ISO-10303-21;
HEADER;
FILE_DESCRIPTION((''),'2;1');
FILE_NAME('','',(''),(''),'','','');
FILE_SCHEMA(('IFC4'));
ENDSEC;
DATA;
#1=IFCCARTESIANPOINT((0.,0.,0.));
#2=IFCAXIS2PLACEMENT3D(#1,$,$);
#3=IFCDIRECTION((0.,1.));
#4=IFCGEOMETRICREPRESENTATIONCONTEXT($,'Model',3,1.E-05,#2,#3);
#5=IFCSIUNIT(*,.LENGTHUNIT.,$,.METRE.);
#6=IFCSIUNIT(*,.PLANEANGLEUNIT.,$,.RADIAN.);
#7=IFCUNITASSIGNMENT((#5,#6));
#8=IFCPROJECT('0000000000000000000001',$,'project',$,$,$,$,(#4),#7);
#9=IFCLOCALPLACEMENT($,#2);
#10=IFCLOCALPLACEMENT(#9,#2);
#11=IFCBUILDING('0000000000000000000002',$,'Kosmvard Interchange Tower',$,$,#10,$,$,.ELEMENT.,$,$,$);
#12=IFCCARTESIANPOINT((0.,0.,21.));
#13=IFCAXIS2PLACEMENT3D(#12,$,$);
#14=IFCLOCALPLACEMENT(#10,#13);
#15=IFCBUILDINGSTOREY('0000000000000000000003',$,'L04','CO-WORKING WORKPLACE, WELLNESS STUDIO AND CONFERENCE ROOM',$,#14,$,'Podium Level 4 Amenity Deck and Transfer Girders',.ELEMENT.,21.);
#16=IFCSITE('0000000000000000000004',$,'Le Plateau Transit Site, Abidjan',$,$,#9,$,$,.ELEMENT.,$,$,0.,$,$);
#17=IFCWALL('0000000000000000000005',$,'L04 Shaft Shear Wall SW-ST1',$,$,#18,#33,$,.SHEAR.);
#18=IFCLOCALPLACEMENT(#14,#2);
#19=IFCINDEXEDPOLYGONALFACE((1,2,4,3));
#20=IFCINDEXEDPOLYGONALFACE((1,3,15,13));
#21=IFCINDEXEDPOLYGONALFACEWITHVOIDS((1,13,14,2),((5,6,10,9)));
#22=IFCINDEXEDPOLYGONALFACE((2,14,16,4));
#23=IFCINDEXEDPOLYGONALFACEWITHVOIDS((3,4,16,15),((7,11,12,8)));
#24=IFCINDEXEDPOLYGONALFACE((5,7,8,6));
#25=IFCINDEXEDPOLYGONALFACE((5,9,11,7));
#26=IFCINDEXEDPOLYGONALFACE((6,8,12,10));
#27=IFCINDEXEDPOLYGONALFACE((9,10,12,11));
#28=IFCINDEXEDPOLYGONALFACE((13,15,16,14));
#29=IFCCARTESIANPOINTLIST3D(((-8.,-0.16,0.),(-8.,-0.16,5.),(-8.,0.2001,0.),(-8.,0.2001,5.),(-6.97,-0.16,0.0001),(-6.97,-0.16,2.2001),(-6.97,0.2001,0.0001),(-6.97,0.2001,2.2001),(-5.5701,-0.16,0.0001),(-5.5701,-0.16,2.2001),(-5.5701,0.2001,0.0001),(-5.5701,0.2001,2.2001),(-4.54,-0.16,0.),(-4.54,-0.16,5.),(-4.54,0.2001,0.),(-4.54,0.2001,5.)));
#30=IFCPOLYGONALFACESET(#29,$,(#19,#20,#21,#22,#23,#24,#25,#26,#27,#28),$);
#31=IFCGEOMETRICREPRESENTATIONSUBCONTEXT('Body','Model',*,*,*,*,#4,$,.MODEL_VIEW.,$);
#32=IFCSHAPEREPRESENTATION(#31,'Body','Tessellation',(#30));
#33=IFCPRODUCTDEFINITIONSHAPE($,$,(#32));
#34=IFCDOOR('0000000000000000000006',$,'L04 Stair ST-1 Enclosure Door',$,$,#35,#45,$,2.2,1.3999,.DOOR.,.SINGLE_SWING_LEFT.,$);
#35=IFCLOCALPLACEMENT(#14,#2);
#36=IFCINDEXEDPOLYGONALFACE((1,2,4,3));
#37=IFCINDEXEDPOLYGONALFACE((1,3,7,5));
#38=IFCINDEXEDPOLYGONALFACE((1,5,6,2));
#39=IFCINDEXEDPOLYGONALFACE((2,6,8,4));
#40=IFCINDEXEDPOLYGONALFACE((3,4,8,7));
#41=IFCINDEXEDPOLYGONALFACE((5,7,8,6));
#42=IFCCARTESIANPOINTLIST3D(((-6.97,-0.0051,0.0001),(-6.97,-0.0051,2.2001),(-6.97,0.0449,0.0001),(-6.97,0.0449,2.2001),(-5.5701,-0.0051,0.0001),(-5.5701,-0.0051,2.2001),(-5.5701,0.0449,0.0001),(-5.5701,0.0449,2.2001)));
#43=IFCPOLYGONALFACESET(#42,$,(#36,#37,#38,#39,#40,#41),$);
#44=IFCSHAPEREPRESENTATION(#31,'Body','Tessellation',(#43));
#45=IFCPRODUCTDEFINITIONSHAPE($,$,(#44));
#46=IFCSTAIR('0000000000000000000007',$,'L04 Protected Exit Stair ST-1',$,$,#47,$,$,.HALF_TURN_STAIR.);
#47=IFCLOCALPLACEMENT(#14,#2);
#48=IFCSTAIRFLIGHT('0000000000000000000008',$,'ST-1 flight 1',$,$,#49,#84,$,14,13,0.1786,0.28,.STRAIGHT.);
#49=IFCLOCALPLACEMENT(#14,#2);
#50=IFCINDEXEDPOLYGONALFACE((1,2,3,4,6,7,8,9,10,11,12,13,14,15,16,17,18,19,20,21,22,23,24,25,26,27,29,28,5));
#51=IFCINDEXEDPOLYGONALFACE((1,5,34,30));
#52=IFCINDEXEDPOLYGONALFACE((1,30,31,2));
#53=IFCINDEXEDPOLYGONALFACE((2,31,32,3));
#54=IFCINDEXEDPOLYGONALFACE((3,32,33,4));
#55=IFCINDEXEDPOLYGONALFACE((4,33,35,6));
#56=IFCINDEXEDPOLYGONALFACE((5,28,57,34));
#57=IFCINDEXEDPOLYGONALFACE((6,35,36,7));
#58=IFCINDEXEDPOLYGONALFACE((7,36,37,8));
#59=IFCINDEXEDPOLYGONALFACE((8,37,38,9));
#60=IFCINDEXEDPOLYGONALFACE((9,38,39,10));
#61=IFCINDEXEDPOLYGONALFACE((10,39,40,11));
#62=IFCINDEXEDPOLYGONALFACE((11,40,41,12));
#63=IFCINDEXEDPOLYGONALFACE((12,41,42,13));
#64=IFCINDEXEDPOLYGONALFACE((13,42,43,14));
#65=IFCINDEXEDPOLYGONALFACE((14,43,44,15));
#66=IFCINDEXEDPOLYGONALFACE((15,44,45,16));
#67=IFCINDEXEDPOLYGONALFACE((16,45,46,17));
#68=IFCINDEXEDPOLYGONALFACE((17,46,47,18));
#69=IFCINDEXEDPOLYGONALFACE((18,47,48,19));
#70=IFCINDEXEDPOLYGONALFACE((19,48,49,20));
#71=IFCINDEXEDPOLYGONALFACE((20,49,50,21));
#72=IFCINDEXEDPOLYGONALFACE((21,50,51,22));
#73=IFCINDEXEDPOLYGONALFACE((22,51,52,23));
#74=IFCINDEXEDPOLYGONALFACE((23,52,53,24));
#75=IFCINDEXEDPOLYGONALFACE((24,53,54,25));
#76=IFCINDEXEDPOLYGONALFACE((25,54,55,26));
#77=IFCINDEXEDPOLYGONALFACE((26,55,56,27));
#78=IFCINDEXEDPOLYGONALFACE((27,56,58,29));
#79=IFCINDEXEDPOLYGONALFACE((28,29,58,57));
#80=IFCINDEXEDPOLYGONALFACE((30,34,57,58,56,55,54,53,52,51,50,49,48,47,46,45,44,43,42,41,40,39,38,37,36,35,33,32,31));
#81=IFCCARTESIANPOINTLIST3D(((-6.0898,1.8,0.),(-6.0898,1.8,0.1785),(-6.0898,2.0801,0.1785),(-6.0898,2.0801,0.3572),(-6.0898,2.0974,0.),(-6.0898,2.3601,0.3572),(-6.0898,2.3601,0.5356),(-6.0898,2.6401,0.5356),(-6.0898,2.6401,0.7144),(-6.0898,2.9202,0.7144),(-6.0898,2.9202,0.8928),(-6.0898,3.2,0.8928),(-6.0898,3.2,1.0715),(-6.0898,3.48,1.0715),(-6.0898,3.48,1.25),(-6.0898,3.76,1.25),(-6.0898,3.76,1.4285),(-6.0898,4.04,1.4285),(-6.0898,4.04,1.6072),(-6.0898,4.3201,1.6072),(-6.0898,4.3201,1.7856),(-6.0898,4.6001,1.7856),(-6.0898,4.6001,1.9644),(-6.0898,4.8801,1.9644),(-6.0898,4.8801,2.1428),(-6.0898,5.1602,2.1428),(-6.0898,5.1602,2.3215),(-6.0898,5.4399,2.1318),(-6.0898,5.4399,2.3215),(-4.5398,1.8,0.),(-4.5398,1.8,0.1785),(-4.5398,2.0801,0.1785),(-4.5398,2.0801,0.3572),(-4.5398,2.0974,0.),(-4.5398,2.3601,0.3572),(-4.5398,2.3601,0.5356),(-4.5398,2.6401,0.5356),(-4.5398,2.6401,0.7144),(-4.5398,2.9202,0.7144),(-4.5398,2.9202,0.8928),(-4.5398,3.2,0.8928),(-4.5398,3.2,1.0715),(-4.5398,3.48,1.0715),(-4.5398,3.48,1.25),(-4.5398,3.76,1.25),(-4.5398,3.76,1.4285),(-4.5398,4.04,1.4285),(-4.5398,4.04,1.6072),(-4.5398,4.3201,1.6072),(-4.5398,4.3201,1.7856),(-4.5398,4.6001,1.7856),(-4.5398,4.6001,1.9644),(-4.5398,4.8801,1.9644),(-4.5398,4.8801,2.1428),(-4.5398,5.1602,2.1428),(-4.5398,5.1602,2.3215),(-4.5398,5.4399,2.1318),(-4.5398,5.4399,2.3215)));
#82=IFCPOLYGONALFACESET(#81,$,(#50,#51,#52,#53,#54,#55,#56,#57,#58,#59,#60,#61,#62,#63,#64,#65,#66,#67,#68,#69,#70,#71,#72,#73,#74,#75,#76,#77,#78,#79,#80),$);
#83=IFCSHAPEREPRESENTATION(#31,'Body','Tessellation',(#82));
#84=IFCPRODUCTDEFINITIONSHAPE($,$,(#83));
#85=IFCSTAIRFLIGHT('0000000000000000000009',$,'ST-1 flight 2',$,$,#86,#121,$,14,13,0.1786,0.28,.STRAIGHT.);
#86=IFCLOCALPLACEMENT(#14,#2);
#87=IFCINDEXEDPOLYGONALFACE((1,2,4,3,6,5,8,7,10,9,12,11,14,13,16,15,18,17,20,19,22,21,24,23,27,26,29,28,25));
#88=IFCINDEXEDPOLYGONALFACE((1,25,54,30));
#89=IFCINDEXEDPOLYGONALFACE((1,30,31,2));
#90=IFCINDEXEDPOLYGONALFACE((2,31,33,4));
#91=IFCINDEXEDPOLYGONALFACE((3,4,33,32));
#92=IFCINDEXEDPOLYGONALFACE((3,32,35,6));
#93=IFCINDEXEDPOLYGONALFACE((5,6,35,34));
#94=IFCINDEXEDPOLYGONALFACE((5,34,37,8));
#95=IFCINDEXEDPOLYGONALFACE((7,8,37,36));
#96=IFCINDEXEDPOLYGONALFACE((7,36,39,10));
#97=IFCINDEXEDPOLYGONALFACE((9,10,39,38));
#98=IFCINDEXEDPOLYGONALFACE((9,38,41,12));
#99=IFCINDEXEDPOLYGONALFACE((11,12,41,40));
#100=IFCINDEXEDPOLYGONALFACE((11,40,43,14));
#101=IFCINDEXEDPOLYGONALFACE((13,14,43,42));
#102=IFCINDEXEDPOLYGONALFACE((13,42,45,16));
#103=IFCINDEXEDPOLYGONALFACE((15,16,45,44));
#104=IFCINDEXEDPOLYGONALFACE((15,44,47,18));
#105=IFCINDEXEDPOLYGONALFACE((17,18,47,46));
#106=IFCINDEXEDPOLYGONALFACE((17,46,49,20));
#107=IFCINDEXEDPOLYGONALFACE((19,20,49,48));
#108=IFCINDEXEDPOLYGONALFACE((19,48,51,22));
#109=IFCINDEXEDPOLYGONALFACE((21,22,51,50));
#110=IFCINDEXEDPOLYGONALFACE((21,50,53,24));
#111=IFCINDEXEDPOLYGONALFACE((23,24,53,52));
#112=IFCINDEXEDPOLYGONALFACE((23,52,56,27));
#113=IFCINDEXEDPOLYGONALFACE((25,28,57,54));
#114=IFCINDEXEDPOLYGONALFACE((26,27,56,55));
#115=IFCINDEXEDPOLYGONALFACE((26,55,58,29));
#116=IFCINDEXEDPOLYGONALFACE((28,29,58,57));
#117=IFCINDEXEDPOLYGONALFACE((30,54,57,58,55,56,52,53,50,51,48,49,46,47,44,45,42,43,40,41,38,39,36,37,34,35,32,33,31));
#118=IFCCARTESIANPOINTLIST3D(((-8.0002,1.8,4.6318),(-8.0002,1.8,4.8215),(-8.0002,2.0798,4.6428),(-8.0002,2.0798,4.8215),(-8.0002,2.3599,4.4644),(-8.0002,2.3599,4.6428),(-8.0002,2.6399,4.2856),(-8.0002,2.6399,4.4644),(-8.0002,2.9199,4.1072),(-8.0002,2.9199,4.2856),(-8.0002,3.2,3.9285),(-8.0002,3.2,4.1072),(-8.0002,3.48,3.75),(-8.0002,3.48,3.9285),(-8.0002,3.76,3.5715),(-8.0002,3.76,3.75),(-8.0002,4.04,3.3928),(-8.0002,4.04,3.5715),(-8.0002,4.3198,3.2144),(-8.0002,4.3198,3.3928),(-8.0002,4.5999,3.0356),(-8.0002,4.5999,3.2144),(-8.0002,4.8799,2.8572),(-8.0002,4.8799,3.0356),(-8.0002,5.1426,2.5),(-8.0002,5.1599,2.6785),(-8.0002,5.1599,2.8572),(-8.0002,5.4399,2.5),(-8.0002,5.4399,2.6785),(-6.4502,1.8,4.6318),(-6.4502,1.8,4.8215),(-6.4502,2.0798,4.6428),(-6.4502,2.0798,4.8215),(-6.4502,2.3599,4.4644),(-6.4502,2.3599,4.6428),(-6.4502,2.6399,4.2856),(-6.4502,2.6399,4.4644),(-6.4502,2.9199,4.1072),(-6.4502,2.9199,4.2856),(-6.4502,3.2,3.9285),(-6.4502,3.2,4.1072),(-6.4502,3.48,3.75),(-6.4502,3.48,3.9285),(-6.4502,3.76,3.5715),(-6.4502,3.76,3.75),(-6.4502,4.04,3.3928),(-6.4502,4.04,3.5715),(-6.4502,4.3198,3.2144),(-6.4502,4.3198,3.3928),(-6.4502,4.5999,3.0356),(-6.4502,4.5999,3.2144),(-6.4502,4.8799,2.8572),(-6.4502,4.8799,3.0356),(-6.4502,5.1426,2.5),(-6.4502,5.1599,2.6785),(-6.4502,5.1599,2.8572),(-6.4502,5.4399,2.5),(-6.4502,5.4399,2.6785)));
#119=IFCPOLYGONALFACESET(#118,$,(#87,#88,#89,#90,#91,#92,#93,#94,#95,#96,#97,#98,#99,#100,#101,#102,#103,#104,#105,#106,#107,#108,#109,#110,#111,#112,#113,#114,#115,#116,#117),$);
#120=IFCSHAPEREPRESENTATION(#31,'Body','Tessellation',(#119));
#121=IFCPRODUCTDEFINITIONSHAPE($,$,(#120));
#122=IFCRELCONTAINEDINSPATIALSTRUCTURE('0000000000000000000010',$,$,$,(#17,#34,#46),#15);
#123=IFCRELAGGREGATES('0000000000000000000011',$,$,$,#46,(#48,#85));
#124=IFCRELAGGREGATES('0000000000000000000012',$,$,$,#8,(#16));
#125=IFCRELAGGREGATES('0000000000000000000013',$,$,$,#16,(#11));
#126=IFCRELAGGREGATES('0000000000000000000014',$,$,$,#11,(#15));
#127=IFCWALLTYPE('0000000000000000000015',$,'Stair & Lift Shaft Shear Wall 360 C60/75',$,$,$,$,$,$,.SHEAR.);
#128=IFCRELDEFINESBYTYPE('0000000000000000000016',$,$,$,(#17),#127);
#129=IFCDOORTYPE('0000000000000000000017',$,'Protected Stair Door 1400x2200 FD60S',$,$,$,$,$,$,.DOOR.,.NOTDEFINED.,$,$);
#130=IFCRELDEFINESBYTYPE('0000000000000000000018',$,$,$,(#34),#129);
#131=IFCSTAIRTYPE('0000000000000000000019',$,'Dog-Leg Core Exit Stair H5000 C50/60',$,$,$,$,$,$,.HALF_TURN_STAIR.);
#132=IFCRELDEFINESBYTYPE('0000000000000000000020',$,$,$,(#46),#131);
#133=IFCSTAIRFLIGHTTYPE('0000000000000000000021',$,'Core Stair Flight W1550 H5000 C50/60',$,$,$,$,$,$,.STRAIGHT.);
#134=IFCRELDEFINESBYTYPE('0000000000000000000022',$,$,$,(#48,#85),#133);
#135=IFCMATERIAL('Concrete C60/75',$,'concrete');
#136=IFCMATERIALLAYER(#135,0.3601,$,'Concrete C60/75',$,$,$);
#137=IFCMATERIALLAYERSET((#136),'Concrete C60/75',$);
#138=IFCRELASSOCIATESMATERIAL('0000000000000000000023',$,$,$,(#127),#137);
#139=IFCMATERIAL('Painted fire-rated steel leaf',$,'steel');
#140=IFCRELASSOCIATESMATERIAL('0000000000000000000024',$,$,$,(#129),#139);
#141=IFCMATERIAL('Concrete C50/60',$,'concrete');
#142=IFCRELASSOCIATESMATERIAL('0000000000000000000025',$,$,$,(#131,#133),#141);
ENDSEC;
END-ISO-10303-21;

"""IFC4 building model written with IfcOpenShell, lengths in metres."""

from ifc_helpers import new_model, si_unit, direction, frame, frame_2d, origin, place, context, subcontext, project, spatial, polyline, rectangle, outline, extrude, source, transform, mapped, material, layer, layer_set, type_object, element, fill, aggregate, save


model = new_model("IFC4")

# Units and contexts
model_context = context("Model", 3, precision=1e-05, world=origin(), true_north=direction((0.0, 1.0)))
body_context = subcontext(model_context, "Body", "Model", "MODEL_VIEW")
ifc_project = project(units=[si_unit("LENGTHUNIT", "METRE"), si_unit("PLANEANGLEUNIT", "RADIAN")], contexts=[model_context])

# Site, building, storey
site_placement = place(None, origin())
site = spatial("IfcSite", under=ifc_project, at=site_placement, Name="Le Plateau Transit Site, Abidjan", CompositionType="ELEMENT", RefElevation=0.0)
building_placement = place(site_placement, origin())
building = spatial("IfcBuilding", under=site, at=building_placement, Name="Kosmvard Interchange Tower", CompositionType="ELEMENT")
storey_placement = place(building_placement, frame((0.0, 0.0, 21.0)))
storey = spatial("IfcBuildingStorey", under=building, at=storey_placement, Name="L04", Description="CO-WORKING WORKPLACE, WELLNESS STUDIO AND CONFERENCE ROOM", LongName="Podium Level 4 Amenity Deck and Transfer Girders", CompositionType="ELEMENT", Elevation=21.0)

# Shared definitions
ifc_material_1 = material(Name="Concrete C60/75", Category="concrete")

# Shared definitions
ifc_material_2 = material(Name="Concrete C50/60", Category="concrete")

# Shared definitions
ifc_material_3 = material(Name="Painted fire-rated steel leaf", Category="steel")

# Wall, opening, door
ifc_layer_1 = layer(ifc_material_1, 0.3601, Name="Concrete C60/75")
ifc_layer_set_1 = layer_set([ifc_layer_1], Name="Concrete C60/75")
wall_type_1 = type_object("IfcWallType", Name="Stair & Lift Shaft Shear Wall 360 C60/75", PredefinedType="SHEAR", material=ifc_layer_set_1)
wall_1_placement = place(storey_placement, frame((-8.0, 0.02, 0.0), z_axis=(0.0, 0.0, 1.0), x_axis=(1.0, 0.0, 0.0)))
wall_1 = element("IfcWall", 1, at=wall_1_placement, inside=storey, type_object=wall_type_1, Name="L04 Shaft Shear Wall SW-ST1", PredefinedType="SHEAR", context=body_context, shape_type="SweptSolid", body=[
    extrude(rectangle(XDim=3.46, YDim=0.3601, at=frame_2d((1.73, 0.0))), origin(), (0.0, 0.0, 1.0), 5.0),
])
opening_1_placement = place(wall_1_placement, frame((1.03, 0.0, 0.0)))
opening_1 = element("IfcOpeningElement", 2, at=opening_1_placement, cuts=wall_1, PredefinedType="OPENING", context=body_context, shape_type="SweptSolid", body=[
    extrude(rectangle(XDim=1.3999, YDim=2.2, at=frame_2d((0.7, 1.1001))), frame((0.0, 0.1899, 0.0), z_axis=(0.0, -1.0, 0.0), x_axis=(1.0, 0.0, 0.0)), (0.0, 0.0, 1.0), 0.3801),
])
door_type_1 = type_object("IfcDoorType", Name="Protected Stair Door 1400x2200 FD60S", OperationType="NOTDEFINED", PredefinedType="DOOR", material=ifc_material_3)
shared_shape_1 = source(origin(), body_context, "Body", "SweptSolid", [
    extrude(rectangle(XDim=1.3999, YDim=2.2, at=frame_2d((0.7, 1.1001))), frame((0.0, 0.0249, 0.0), z_axis=(0.0, -1.0, 0.0), x_axis=(1.0, 0.0, 0.0)), (0.0, 0.0, 1.0), 0.05),
])
door_1_placement = place(opening_1_placement, origin())
door_1 = element("IfcDoor", 3, at=door_1_placement, inside=storey, type_object=door_type_1, Name="L04 Stair ST-1 Enclosure Door", OperationType="SINGLE_SWING_LEFT", OverallHeight=2.2, OverallWidth=1.3999, PredefinedType="DOOR", context=body_context, shape_type="MappedRepresentation", body=[
    mapped(shared_shape_1, transform((0.0, 0.0, 0.0), scale=1.0)),
])
fill(opening_1, door_1)

# Stair, stair flights
stair_type = type_object("IfcStairType", Name="Dog-Leg Core Exit Stair H5000 C50/60", PredefinedType="HALF_TURN_STAIR", material=ifc_material_2)
stair_placement = place(storey_placement, origin())
stair = element("IfcStair", 4, at=stair_placement, inside=storey, type_object=stair_type, Name="L04 Protected Exit Stair ST-1", PredefinedType="HALF_TURN_STAIR")
stair_flight_type = type_object("IfcStairFlightType", Name="Core Stair Flight W1550 H5000 C50/60", PredefinedType="STRAIGHT", material=ifc_material_2)
shared_shape_2 = source(origin(), body_context, "Body", "SweptSolid", [
    extrude(outline(polyline([(0.0, 0.0), (0.0, 0.1785), (0.28, 0.1785), (0.28, 0.3572), (0.5601, 0.3572), (0.5601, 0.5356), (0.8401, 0.5356), (0.8401, 0.7144), (1.1201, 0.7144), (1.1201, 0.8928), (1.3999, 0.8928), (1.3999, 1.0715), (1.6799, 1.0715), (1.6799, 1.25), (1.96, 1.25), (1.96, 1.4285), (2.24, 1.4285), (2.24, 1.6072), (2.52, 1.6072), (2.52, 1.7856), (2.8, 1.7856), (2.8, 1.9644), (3.0801, 1.9644), (3.0801, 2.1428), (3.3601, 2.1428), (3.3601, 2.3215), (3.6399, 2.3215), (3.6399, 2.5), (3.6399, 2.1318), (0.2974, 0.0), (0.0, 0.0)])), frame((0.0, 0.7749, 0.0), z_axis=(0.0, -1.0, 0.0), x_axis=(1.0, 0.0, 0.0)), (0.0, 0.0, 1.0), 1.55),
])
stair_flight_1_placement = place(storey_placement, frame((-5.3149, 1.8, 0.0), z_axis=(0.0, 0.0, 1.0), x_axis=(0.0, 1.0, 0.0)))
stair_flight_1 = element("IfcStairFlight", 5, at=stair_flight_1_placement, type_object=stair_flight_type, Name="ST-1 flight 1", NumberOfRisers=14, NumberOfTreads=13, PredefinedType="STRAIGHT", RiserHeight=0.1786, TreadLength=0.28, context=body_context, shape_type="MappedRepresentation", body=[
    mapped(shared_shape_2, transform((0.0, 0.0, 0.0), scale=1.0)),
])
stair_flight_2_placement = place(storey_placement, frame((-7.2251, 5.4399, 2.5), z_axis=(0.0, 0.0, 1.0), x_axis=(0.0, -1.0, 0.0)))
stair_flight_2 = element("IfcStairFlight", 6, at=stair_flight_2_placement, type_object=stair_flight_type, Name="ST-1 flight 2", NumberOfRisers=14, NumberOfTreads=13, PredefinedType="STRAIGHT", RiserHeight=0.1786, TreadLength=0.28, context=body_context, shape_type="MappedRepresentation", body=[
    mapped(shared_shape_2, transform((0.0, 0.0, 0.0), scale=1.0)),
])
aggregate(stair, [stair_flight_1, stair_flight_2])

save(model, "model.ifc")
